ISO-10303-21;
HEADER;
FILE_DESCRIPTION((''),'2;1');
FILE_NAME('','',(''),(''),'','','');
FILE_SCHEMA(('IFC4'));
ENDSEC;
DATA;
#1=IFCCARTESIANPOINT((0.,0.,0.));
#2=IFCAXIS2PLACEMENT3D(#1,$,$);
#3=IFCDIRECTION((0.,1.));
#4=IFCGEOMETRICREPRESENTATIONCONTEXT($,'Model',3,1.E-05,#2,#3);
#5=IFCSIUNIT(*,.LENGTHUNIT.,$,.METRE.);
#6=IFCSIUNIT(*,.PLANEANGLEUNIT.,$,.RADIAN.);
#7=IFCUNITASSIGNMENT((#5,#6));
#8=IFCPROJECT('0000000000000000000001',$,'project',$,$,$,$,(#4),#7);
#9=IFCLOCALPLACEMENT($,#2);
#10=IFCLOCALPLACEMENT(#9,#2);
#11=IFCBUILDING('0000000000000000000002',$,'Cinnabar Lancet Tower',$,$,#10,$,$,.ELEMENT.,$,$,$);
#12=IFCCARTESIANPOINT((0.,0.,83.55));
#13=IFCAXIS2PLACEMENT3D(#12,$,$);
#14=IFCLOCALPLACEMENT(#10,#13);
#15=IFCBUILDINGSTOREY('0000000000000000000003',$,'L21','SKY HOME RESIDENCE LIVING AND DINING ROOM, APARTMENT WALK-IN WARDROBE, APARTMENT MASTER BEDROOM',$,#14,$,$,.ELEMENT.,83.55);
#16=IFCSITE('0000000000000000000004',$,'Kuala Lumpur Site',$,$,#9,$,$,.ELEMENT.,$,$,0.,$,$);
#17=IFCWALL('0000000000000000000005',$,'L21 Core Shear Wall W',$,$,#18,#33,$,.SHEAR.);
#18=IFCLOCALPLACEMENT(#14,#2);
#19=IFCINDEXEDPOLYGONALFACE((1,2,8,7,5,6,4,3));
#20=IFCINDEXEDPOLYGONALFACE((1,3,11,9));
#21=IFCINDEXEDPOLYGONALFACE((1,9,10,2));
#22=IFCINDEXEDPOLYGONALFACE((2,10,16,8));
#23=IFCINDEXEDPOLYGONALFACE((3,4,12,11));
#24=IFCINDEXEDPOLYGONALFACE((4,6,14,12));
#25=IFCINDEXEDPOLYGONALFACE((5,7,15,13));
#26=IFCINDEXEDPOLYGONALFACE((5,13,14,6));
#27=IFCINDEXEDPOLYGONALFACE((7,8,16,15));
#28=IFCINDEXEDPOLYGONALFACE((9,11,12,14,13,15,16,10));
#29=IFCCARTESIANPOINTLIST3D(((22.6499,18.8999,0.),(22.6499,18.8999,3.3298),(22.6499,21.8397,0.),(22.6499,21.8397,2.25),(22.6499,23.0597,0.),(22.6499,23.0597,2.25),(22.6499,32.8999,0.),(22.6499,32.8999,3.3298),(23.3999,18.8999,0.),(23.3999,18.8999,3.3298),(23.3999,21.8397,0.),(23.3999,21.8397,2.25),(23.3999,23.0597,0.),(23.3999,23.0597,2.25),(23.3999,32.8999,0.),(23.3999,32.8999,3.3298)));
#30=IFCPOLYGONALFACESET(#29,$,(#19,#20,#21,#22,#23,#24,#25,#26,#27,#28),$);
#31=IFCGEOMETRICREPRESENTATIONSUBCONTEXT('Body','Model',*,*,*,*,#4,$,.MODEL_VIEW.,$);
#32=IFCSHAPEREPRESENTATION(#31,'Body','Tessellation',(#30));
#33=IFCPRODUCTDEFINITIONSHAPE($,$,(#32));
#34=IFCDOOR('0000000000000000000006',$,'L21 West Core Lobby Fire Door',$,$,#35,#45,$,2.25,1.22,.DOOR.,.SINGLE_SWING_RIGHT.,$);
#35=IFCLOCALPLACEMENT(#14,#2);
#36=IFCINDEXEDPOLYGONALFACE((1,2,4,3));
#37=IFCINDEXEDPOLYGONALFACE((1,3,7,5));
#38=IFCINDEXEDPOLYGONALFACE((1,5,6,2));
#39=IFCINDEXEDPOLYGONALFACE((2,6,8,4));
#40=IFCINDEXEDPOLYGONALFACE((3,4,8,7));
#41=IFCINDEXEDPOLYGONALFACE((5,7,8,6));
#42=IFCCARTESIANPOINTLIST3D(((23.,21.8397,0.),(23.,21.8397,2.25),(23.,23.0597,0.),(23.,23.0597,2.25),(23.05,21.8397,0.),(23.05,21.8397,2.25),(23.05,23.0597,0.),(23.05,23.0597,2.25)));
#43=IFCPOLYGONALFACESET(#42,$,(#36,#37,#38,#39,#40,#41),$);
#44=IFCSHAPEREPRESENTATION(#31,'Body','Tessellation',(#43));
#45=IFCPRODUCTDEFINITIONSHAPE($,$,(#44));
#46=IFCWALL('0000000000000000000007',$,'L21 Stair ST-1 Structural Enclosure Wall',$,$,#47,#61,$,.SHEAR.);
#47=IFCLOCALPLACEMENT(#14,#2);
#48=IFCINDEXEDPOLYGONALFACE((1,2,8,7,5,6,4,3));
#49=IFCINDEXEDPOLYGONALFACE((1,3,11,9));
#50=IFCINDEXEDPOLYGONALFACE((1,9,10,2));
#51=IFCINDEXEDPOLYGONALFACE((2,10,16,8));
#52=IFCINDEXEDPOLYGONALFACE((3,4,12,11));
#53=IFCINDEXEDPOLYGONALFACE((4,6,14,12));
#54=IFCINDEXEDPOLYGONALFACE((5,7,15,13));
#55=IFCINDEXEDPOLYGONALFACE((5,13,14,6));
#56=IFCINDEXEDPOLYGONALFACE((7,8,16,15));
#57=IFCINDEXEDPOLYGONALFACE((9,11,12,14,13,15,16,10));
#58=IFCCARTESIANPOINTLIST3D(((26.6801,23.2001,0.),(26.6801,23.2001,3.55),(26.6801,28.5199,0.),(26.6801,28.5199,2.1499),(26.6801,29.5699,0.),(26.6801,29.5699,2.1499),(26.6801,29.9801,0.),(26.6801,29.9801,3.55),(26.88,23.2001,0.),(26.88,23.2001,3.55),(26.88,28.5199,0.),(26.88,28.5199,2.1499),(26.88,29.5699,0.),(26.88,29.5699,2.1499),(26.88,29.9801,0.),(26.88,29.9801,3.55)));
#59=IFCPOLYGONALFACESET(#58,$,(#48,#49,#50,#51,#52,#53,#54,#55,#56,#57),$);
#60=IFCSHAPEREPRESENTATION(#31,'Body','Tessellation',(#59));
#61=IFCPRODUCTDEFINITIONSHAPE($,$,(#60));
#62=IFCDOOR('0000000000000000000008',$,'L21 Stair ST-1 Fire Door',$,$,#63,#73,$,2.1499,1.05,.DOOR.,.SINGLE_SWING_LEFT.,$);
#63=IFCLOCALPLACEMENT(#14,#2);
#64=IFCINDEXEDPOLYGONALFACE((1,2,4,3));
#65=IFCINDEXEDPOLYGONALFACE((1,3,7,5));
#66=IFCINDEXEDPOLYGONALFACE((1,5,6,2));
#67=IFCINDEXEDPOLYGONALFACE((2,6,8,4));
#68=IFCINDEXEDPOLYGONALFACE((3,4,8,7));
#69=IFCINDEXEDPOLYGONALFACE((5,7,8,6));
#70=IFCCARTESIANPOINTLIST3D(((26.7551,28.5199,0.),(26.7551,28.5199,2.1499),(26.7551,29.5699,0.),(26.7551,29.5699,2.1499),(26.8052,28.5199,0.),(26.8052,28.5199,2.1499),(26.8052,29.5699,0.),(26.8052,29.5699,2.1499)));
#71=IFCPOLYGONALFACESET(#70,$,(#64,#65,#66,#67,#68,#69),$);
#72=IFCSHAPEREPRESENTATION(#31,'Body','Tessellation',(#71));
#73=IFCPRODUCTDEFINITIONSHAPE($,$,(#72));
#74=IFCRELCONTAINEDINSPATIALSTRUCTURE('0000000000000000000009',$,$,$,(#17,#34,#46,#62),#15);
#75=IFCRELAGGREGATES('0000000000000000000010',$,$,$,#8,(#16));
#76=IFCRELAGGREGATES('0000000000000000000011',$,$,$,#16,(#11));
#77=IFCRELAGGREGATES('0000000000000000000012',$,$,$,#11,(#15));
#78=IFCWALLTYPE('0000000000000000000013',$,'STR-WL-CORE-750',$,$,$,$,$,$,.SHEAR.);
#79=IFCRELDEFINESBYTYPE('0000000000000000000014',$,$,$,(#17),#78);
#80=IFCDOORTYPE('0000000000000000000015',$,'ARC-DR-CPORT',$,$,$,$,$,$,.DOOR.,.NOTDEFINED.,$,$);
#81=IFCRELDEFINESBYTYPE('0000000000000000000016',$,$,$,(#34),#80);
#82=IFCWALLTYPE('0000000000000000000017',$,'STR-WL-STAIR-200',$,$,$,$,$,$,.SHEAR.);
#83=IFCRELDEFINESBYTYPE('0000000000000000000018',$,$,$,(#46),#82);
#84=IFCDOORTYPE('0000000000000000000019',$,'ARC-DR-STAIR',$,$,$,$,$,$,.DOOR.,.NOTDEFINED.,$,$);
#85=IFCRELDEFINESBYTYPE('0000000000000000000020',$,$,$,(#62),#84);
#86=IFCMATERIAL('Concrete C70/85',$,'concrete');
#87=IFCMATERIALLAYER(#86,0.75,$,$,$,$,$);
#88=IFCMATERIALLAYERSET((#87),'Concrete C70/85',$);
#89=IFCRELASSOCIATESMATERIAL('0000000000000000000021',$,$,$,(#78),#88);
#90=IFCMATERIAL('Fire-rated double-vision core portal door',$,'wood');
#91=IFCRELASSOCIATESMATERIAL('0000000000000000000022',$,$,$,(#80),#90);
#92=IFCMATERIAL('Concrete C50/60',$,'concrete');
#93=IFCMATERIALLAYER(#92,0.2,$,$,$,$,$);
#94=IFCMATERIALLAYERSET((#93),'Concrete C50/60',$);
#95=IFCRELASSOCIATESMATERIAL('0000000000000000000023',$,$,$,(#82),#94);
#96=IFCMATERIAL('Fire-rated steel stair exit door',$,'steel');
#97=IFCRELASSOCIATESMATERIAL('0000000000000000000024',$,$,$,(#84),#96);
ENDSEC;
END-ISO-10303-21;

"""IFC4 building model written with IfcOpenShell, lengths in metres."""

from ifc_helpers import new_model, si_unit, direction, frame, frame_2d, origin, place, context, subcontext, project, spatial, rectangle, extrude, material, layer, layer_set, type_object, element, fill, save


model = new_model("IFC4")

# Units and contexts
model_context = context("Model", 3, precision=1e-05, world=origin(), true_north=direction((0.0, 1.0)))
body_context = subcontext(model_context, "Body", "Model", "MODEL_VIEW")
ifc_project = project(units=[si_unit("LENGTHUNIT", "METRE"), si_unit("PLANEANGLEUNIT", "RADIAN")], contexts=[model_context])

# Site, building, storey
site_placement = place(None, origin())
site = spatial("IfcSite", under=ifc_project, at=site_placement, Name="Kuala Lumpur Site", CompositionType="ELEMENT", RefElevation=0.0)
building_placement = place(site_placement, origin())
building = spatial("IfcBuilding", under=site, at=building_placement, Name="Cinnabar Lancet Tower", CompositionType="ELEMENT")
storey_placement = place(building_placement, frame((0.0, 0.0, 83.55)))
storey = spatial("IfcBuildingStorey", under=building, at=storey_placement, Name="L21", Description="SKY HOME RESIDENCE LIVING AND DINING ROOM, APARTMENT WALK-IN WARDROBE, APARTMENT MASTER BEDROOM", CompositionType="ELEMENT", Elevation=83.55)

# Shared definitions
ifc_material_1 = material(Name="Concrete C70/85", Category="concrete")
ifc_layer_1 = layer(ifc_material_1, 0.75)
ifc_layer_set_1 = layer_set([ifc_layer_1], Name="Concrete C70/85")
wall_type_1 = type_object("IfcWallType", Name="STR-WL-CORE-750", PredefinedType="SHEAR", material=ifc_layer_set_1)

# Walls, openings, doors
wall_1_placement = place(storey_placement, frame((23.0249, 18.8999, 0.0), z_axis=(0.0, 0.0, 1.0), x_axis=(0.0, 1.0, 0.0)))
wall_1 = element("IfcWall", 1, at=wall_1_placement, inside=storey, type_object=wall_type_1, Name="L21 Core Shear Wall W", PredefinedType="SHEAR", context=body_context, shape_type="SweptSolid", body=[
    extrude(rectangle(XDim=14.0, YDim=0.75, at=frame_2d((7.0, 0.0))), origin(), (0.0, 0.0, 1.0), 3.3298),
])
opening_1_placement = place(wall_1_placement, frame((2.9399, 0.0, 0.0)))
opening_1 = element("IfcOpeningElement", 2, at=opening_1_placement, cuts=wall_1, PredefinedType="OPENING", context=body_context, shape_type="SweptSolid", body=[
    extrude(rectangle(XDim=1.22, YDim=2.25, at=frame_2d((0.6099, 1.125))), frame((0.0, 0.385, 0.0), z_axis=(0.0, -1.0, 0.0), x_axis=(1.0, 0.0, 0.0)), (0.0, 0.0, 1.0), 0.77),
])
ifc_material_2 = material(Name="Fire-rated double-vision core portal door", Category="wood")
door_type_1 = type_object("IfcDoorType", Name="ARC-DR-CPORT", OperationType="NOTDEFINED", PredefinedType="DOOR", material=ifc_material_2)
door_1_placement = place(opening_1_placement, origin())
door_1 = element("IfcDoor", 3, at=door_1_placement, inside=storey, type_object=door_type_1, Name="L21 West Core Lobby Fire Door", OperationType="SINGLE_SWING_RIGHT", OverallHeight=2.25, OverallWidth=1.22, PredefinedType="DOOR", context=body_context, shape_type="SweptSolid", body=[
    extrude(rectangle(XDim=1.22, YDim=2.25, at=frame_2d((0.6099, 1.125))), frame((0.0, 0.0249, 0.0), z_axis=(0.0, -1.0, 0.0), x_axis=(1.0, 0.0, 0.0)), (0.0, 0.0, 1.0), 0.05),
])
fill(opening_1, door_1)
ifc_material_3 = material(Name="Concrete C50/60", Category="concrete")
ifc_layer_2 = layer(ifc_material_3, 0.2)
ifc_layer_set_2 = layer_set([ifc_layer_2], Name="Concrete C50/60")
wall_type_2 = type_object("IfcWallType", Name="STR-WL-STAIR-200", PredefinedType="SHEAR", material=ifc_layer_set_2)
wall_2_placement = place(storey_placement, frame((26.78, 23.2, 0.0), z_axis=(0.0, 0.0, 1.0), x_axis=(0.0, 1.0, 0.0)))
wall_2 = element("IfcWall", 4, at=wall_2_placement, inside=storey, type_object=wall_type_2, Name="L21 Stair ST-1 Structural Enclosure Wall", PredefinedType="SHEAR", context=body_context, shape_type="SweptSolid", body=[
    extrude(rectangle(XDim=6.78, YDim=0.2, at=frame_2d((3.3901, 0.0))), origin(), (0.0, 0.0, 1.0), 3.55),
])
opening_2_placement = place(wall_2_placement, frame((5.3201, 0.0, 0.0)))
opening_2 = element("IfcOpeningElement", 5, at=opening_2_placement, cuts=wall_2, PredefinedType="OPENING", context=body_context, shape_type="SweptSolid", body=[
    extrude(rectangle(XDim=1.05, YDim=2.1499, at=frame_2d((0.5249, 1.075))), frame((0.0, 0.1099, 0.0), z_axis=(0.0, -1.0, 0.0), x_axis=(1.0, 0.0, 0.0)), (0.0, 0.0, 1.0), 0.22),
])
ifc_material_4 = material(Name="Fire-rated steel stair exit door", Category="steel")
door_type_2 = type_object("IfcDoorType", Name="ARC-DR-STAIR", OperationType="NOTDEFINED", PredefinedType="DOOR", material=ifc_material_4)
door_2_placement = place(opening_2_placement, origin())
door_2 = element("IfcDoor", 6, at=door_2_placement, inside=storey, type_object=door_type_2, Name="L21 Stair ST-1 Fire Door", OperationType="SINGLE_SWING_LEFT", OverallHeight=2.1499, OverallWidth=1.05, PredefinedType="DOOR", context=body_context, shape_type="SweptSolid", body=[
    extrude(rectangle(XDim=1.05, YDim=2.1499, at=frame_2d((0.5249, 1.075))), frame((0.0, 0.0249, 0.0), z_axis=(0.0, -1.0, 0.0), x_axis=(1.0, 0.0, 0.0)), (0.0, 0.0, 1.0), 0.05),
])
fill(opening_2, door_2)

save(model, "model.ifc")
